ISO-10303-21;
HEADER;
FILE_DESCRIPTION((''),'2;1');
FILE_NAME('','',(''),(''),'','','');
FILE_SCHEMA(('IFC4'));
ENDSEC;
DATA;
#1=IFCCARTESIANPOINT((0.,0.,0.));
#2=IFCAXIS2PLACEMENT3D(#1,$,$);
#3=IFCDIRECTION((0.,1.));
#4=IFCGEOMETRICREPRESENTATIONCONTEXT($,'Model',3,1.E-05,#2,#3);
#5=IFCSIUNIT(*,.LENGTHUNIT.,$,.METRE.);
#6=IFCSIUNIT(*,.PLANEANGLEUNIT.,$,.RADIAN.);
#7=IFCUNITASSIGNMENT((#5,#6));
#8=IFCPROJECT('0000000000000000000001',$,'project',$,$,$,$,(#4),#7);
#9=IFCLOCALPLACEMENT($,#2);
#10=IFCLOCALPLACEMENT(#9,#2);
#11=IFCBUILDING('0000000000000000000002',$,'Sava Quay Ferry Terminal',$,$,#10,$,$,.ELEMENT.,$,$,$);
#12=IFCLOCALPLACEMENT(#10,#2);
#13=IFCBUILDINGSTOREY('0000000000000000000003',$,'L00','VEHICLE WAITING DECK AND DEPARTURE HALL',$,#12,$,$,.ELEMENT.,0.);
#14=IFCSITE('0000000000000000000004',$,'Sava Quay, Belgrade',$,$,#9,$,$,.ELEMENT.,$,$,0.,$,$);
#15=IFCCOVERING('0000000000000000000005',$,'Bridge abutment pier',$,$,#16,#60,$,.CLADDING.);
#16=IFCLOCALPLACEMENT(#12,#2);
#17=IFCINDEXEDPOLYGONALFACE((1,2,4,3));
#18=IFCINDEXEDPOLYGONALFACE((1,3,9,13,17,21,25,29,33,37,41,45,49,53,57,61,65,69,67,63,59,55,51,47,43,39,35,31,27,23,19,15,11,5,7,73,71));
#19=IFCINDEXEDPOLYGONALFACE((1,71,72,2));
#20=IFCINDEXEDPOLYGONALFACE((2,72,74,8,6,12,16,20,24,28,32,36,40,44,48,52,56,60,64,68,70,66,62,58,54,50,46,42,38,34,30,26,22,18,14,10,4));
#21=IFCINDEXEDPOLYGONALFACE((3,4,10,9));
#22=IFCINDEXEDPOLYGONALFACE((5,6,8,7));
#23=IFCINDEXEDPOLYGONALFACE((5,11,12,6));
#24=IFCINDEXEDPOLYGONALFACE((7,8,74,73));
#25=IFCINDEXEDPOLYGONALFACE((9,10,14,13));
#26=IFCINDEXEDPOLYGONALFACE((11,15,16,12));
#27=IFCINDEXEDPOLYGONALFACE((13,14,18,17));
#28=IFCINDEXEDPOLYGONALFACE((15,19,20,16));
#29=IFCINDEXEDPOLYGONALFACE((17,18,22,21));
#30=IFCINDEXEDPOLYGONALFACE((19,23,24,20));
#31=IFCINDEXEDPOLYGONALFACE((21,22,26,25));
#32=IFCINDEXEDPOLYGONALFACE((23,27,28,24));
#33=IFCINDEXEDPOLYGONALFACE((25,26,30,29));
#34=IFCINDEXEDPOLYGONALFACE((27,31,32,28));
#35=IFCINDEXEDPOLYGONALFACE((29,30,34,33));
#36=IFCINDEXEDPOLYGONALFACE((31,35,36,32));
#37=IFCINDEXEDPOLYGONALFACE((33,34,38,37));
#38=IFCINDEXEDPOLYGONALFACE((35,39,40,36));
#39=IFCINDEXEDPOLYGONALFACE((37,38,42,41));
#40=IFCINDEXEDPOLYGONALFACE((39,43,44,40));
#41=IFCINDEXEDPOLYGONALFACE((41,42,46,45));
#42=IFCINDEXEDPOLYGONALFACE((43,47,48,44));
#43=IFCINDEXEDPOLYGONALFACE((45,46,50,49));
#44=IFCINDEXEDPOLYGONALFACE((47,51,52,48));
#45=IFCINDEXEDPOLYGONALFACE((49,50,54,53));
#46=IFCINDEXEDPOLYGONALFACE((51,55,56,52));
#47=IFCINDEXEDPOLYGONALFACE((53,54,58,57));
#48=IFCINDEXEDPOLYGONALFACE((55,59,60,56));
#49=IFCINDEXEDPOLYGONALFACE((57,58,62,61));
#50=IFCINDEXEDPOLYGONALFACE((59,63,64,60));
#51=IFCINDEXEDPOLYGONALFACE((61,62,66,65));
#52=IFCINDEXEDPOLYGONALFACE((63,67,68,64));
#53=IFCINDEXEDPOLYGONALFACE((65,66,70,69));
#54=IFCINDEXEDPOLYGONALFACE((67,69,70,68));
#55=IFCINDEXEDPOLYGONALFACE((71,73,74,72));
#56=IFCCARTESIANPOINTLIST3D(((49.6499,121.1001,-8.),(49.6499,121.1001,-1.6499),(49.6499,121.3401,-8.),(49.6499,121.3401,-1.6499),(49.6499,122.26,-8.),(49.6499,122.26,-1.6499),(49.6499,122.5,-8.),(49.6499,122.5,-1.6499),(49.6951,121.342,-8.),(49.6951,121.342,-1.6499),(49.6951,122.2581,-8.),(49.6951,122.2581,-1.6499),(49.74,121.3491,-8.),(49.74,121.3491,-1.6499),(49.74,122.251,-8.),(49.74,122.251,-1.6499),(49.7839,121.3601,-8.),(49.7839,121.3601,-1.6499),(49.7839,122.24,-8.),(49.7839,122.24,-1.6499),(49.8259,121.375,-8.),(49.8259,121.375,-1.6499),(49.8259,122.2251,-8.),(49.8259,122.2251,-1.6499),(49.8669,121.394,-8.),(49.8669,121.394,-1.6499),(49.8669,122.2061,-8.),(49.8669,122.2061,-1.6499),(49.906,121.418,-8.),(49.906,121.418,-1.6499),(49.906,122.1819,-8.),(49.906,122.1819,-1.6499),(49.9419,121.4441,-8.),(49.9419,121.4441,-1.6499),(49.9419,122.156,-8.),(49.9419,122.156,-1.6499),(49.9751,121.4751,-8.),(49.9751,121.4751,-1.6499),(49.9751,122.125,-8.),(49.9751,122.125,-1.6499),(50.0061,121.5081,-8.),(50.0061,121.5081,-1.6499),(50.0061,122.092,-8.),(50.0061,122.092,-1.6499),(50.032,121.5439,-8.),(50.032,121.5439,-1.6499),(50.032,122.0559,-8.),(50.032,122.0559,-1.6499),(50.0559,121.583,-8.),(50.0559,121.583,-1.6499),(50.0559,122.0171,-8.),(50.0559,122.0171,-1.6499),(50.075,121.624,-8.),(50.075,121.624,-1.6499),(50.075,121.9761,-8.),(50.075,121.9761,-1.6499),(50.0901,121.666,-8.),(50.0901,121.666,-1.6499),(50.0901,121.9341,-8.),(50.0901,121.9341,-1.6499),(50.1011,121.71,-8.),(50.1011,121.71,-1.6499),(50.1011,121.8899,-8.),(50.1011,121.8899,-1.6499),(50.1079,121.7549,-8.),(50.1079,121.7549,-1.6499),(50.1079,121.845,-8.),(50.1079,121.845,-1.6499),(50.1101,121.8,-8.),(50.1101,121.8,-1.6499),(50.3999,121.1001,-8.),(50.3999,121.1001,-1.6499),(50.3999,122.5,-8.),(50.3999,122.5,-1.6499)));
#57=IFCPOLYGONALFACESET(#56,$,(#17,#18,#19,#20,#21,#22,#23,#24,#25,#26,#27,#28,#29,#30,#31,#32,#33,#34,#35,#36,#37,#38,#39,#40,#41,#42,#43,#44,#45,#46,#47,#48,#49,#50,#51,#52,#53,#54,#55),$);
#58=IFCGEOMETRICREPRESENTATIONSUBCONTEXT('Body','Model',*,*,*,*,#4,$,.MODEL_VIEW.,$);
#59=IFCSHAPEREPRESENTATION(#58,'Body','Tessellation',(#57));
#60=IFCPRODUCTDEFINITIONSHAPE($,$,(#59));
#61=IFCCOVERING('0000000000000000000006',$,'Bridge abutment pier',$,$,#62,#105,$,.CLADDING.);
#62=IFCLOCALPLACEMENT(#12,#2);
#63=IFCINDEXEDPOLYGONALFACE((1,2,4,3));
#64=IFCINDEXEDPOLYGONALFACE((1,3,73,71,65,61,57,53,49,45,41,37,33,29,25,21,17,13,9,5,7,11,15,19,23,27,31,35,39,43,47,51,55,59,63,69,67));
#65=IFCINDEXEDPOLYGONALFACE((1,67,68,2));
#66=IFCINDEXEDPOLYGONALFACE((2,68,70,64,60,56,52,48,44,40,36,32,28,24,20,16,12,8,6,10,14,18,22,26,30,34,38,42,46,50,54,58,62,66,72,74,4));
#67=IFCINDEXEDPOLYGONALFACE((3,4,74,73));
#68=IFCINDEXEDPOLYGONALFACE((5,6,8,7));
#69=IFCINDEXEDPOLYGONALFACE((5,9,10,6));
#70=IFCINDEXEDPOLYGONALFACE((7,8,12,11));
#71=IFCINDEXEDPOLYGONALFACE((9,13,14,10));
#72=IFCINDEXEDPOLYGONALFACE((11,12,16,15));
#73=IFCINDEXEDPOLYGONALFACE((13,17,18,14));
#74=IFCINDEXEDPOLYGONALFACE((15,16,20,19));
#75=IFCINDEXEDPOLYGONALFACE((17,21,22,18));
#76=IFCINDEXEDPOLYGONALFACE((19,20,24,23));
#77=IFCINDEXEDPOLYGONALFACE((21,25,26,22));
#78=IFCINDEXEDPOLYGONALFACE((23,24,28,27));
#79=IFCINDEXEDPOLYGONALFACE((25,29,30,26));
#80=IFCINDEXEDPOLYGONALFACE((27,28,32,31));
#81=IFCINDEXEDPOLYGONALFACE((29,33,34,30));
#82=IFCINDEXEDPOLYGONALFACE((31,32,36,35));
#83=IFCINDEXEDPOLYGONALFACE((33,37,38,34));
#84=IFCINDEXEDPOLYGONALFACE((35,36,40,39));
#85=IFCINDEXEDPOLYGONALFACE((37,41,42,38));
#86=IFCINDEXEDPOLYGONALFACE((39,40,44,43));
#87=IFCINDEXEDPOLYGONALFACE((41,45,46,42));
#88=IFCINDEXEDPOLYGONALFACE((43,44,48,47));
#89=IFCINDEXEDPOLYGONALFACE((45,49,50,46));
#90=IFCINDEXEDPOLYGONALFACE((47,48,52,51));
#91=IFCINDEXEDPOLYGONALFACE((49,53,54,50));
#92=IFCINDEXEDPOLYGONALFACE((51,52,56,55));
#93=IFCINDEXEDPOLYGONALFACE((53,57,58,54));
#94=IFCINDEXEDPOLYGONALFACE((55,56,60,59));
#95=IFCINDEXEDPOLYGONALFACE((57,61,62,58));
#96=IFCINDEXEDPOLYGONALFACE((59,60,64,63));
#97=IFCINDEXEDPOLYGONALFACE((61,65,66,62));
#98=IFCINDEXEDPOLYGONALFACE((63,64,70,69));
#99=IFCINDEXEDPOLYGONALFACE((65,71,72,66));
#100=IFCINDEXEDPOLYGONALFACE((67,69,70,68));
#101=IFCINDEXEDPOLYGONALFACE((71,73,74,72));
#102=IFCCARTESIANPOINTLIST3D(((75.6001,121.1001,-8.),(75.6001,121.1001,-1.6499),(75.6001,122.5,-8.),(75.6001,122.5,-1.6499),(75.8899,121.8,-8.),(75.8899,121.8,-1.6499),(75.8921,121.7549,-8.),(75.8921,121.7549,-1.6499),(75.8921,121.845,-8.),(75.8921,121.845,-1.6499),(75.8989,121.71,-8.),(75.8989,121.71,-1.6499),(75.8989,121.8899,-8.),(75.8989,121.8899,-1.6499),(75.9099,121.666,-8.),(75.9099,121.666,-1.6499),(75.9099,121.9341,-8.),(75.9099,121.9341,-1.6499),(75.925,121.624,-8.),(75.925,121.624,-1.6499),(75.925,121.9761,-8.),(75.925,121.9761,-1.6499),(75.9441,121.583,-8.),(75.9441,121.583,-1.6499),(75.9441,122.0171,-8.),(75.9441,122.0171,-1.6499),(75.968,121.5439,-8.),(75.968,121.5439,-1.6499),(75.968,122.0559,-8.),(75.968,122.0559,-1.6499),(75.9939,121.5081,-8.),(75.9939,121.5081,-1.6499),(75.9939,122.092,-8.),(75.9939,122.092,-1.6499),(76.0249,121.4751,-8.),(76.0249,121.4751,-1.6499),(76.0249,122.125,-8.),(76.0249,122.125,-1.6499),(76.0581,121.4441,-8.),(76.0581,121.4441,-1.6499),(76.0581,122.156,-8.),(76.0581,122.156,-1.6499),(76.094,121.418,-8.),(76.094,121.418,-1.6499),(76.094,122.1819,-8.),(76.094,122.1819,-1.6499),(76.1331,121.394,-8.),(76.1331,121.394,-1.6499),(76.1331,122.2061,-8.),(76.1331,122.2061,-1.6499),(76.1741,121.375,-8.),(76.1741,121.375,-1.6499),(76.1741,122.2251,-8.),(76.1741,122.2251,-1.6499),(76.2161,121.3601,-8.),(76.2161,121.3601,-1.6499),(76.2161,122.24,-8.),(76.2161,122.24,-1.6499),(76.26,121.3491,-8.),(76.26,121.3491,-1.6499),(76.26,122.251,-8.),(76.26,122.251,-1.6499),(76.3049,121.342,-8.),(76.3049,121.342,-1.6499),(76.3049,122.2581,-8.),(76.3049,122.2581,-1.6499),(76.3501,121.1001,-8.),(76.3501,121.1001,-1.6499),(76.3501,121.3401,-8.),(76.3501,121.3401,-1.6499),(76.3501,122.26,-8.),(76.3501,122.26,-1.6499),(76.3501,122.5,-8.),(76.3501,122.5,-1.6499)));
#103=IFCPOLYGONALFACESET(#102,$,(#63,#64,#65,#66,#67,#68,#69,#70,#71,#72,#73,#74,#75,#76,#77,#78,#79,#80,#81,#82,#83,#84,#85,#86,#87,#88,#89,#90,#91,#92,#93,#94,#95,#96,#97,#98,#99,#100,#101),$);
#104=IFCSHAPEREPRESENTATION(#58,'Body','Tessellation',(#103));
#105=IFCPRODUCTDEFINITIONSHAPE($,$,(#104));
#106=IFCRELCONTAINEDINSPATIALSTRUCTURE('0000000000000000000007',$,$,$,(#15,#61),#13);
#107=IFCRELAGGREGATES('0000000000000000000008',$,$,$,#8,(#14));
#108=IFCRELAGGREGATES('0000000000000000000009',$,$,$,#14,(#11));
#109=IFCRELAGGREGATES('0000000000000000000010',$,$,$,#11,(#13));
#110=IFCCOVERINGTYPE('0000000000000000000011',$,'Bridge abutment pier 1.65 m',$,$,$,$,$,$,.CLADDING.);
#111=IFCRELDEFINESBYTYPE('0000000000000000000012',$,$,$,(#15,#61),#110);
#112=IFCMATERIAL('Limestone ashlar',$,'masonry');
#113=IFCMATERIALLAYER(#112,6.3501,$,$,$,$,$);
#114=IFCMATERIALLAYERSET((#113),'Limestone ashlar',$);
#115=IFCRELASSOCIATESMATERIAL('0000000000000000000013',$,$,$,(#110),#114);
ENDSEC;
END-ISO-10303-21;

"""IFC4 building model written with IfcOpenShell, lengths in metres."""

from ifc_helpers import new_model, si_unit, direction, frame, origin, place, context, subcontext, project, spatial, polyline, outline, extrude, material, layer, layer_set, type_object, element, save


model = new_model("IFC4")

# Units and contexts
model_context = context("Model", 3, precision=1e-05, world=origin(), true_north=direction((0.0, 1.0)))
body_context = subcontext(model_context, "Body", "Model", "MODEL_VIEW")
ifc_project = project(units=[si_unit("LENGTHUNIT", "METRE"), si_unit("PLANEANGLEUNIT", "RADIAN")], contexts=[model_context])

# Site, building, storey
site_placement = place(None, origin())
site = spatial("IfcSite", under=ifc_project, at=site_placement, Name="Sava Quay, Belgrade", CompositionType="ELEMENT", RefElevation=0.0)
building_placement = place(site_placement, origin())
building = spatial("IfcBuilding", under=site, at=building_placement, Name="Sava Quay Ferry Terminal", CompositionType="ELEMENT")
storey_placement = place(building_placement, origin())
storey = spatial("IfcBuildingStorey", under=building, at=storey_placement, Name="L00", Description="VEHICLE WAITING DECK AND DEPARTURE HALL", CompositionType="ELEMENT", Elevation=0.0)

# Coverings
ifc_material_1 = material(Name="Limestone ashlar", Category="masonry")
ifc_layer_1 = layer(ifc_material_1, 6.3501)
ifc_layer_set_1 = layer_set([ifc_layer_1], Name="Limestone ashlar")
covering_type_1 = type_object("IfcCoveringType", Name="Bridge abutment pier 1.65 m", PredefinedType="CLADDING", material=ifc_layer_set_1)
covering_1_placement = place(storey_placement, frame((0.0, 0.0, -8.0)))
element("IfcCovering", 1, at=covering_1_placement, inside=storey, type_object=covering_type_1, Name="Bridge abutment pier", PredefinedType="CLADDING", context=body_context, shape_type="SweptSolid", body=[
    extrude(outline(polyline([(50.3999, 121.1001), (50.3999, 122.5), (49.6499, 122.5), (49.6499, 122.26), (49.6951, 122.2581), (49.74, 122.251), (49.7839, 122.24), (49.8259, 122.2251), (49.8669, 122.2061), (49.906, 122.1819), (49.9419, 122.156), (49.9751, 122.125), (50.0061, 122.092), (50.032, 122.0559), (50.0559, 122.0171), (50.075, 121.9761), (50.0901, 121.9341), (50.1011, 121.8899), (50.1079, 121.845), (50.1101, 121.8), (50.1079, 121.7549), (50.1011, 121.71), (50.0901, 121.666), (50.075, 121.624), (50.0559, 121.583), (50.032, 121.5439), (50.0061, 121.5081), (49.9751, 121.4751), (49.9419, 121.4441), (49.906, 121.418), (49.8669, 121.394), (49.8259, 121.375), (49.7839, 121.3601), (49.74, 121.3491), (49.6951, 121.342), (49.6499, 121.3401), (49.6499, 121.1001), (50.3999, 121.1001)])), origin(), (0.0, 0.0, 1.0), 6.3501),
])
covering_2_placement = place(storey_placement, frame((0.0, 0.0, -8.0)))
element("IfcCovering", 2, at=covering_2_placement, inside=storey, type_object=covering_type_1, Name="Bridge abutment pier", PredefinedType="CLADDING", context=body_context, shape_type="SweptSolid", body=[
    extrude(outline(polyline([(75.6001, 122.5), (75.6001, 121.1001), (76.3501, 121.1001), (76.3501, 121.3401), (76.3049, 121.342), (76.26, 121.3491), (76.2161, 121.3601), (76.1741, 121.375), (76.1331, 121.394), (76.094, 121.418), (76.0581, 121.4441), (76.0249, 121.4751), (75.9939, 121.5081), (75.968, 121.5439), (75.9441, 121.583), (75.925, 121.624), (75.9099, 121.666), (75.8989, 121.71), (75.8921, 121.7549), (75.8899, 121.8), (75.8921, 121.845), (75.8989, 121.8899), (75.9099, 121.9341), (75.925, 121.9761), (75.9441, 122.0171), (75.968, 122.0559), (75.9939, 122.092), (76.0249, 122.125), (76.0581, 122.156), (76.094, 122.1819), (76.1331, 122.2061), (76.1741, 122.2251), (76.2161, 122.24), (76.26, 122.251), (76.3049, 122.2581), (76.3501, 122.26), (76.3501, 122.5), (75.6001, 122.5)])), origin(), (0.0, 0.0, 1.0), 6.3501),
])

save(model, "model.ifc")
